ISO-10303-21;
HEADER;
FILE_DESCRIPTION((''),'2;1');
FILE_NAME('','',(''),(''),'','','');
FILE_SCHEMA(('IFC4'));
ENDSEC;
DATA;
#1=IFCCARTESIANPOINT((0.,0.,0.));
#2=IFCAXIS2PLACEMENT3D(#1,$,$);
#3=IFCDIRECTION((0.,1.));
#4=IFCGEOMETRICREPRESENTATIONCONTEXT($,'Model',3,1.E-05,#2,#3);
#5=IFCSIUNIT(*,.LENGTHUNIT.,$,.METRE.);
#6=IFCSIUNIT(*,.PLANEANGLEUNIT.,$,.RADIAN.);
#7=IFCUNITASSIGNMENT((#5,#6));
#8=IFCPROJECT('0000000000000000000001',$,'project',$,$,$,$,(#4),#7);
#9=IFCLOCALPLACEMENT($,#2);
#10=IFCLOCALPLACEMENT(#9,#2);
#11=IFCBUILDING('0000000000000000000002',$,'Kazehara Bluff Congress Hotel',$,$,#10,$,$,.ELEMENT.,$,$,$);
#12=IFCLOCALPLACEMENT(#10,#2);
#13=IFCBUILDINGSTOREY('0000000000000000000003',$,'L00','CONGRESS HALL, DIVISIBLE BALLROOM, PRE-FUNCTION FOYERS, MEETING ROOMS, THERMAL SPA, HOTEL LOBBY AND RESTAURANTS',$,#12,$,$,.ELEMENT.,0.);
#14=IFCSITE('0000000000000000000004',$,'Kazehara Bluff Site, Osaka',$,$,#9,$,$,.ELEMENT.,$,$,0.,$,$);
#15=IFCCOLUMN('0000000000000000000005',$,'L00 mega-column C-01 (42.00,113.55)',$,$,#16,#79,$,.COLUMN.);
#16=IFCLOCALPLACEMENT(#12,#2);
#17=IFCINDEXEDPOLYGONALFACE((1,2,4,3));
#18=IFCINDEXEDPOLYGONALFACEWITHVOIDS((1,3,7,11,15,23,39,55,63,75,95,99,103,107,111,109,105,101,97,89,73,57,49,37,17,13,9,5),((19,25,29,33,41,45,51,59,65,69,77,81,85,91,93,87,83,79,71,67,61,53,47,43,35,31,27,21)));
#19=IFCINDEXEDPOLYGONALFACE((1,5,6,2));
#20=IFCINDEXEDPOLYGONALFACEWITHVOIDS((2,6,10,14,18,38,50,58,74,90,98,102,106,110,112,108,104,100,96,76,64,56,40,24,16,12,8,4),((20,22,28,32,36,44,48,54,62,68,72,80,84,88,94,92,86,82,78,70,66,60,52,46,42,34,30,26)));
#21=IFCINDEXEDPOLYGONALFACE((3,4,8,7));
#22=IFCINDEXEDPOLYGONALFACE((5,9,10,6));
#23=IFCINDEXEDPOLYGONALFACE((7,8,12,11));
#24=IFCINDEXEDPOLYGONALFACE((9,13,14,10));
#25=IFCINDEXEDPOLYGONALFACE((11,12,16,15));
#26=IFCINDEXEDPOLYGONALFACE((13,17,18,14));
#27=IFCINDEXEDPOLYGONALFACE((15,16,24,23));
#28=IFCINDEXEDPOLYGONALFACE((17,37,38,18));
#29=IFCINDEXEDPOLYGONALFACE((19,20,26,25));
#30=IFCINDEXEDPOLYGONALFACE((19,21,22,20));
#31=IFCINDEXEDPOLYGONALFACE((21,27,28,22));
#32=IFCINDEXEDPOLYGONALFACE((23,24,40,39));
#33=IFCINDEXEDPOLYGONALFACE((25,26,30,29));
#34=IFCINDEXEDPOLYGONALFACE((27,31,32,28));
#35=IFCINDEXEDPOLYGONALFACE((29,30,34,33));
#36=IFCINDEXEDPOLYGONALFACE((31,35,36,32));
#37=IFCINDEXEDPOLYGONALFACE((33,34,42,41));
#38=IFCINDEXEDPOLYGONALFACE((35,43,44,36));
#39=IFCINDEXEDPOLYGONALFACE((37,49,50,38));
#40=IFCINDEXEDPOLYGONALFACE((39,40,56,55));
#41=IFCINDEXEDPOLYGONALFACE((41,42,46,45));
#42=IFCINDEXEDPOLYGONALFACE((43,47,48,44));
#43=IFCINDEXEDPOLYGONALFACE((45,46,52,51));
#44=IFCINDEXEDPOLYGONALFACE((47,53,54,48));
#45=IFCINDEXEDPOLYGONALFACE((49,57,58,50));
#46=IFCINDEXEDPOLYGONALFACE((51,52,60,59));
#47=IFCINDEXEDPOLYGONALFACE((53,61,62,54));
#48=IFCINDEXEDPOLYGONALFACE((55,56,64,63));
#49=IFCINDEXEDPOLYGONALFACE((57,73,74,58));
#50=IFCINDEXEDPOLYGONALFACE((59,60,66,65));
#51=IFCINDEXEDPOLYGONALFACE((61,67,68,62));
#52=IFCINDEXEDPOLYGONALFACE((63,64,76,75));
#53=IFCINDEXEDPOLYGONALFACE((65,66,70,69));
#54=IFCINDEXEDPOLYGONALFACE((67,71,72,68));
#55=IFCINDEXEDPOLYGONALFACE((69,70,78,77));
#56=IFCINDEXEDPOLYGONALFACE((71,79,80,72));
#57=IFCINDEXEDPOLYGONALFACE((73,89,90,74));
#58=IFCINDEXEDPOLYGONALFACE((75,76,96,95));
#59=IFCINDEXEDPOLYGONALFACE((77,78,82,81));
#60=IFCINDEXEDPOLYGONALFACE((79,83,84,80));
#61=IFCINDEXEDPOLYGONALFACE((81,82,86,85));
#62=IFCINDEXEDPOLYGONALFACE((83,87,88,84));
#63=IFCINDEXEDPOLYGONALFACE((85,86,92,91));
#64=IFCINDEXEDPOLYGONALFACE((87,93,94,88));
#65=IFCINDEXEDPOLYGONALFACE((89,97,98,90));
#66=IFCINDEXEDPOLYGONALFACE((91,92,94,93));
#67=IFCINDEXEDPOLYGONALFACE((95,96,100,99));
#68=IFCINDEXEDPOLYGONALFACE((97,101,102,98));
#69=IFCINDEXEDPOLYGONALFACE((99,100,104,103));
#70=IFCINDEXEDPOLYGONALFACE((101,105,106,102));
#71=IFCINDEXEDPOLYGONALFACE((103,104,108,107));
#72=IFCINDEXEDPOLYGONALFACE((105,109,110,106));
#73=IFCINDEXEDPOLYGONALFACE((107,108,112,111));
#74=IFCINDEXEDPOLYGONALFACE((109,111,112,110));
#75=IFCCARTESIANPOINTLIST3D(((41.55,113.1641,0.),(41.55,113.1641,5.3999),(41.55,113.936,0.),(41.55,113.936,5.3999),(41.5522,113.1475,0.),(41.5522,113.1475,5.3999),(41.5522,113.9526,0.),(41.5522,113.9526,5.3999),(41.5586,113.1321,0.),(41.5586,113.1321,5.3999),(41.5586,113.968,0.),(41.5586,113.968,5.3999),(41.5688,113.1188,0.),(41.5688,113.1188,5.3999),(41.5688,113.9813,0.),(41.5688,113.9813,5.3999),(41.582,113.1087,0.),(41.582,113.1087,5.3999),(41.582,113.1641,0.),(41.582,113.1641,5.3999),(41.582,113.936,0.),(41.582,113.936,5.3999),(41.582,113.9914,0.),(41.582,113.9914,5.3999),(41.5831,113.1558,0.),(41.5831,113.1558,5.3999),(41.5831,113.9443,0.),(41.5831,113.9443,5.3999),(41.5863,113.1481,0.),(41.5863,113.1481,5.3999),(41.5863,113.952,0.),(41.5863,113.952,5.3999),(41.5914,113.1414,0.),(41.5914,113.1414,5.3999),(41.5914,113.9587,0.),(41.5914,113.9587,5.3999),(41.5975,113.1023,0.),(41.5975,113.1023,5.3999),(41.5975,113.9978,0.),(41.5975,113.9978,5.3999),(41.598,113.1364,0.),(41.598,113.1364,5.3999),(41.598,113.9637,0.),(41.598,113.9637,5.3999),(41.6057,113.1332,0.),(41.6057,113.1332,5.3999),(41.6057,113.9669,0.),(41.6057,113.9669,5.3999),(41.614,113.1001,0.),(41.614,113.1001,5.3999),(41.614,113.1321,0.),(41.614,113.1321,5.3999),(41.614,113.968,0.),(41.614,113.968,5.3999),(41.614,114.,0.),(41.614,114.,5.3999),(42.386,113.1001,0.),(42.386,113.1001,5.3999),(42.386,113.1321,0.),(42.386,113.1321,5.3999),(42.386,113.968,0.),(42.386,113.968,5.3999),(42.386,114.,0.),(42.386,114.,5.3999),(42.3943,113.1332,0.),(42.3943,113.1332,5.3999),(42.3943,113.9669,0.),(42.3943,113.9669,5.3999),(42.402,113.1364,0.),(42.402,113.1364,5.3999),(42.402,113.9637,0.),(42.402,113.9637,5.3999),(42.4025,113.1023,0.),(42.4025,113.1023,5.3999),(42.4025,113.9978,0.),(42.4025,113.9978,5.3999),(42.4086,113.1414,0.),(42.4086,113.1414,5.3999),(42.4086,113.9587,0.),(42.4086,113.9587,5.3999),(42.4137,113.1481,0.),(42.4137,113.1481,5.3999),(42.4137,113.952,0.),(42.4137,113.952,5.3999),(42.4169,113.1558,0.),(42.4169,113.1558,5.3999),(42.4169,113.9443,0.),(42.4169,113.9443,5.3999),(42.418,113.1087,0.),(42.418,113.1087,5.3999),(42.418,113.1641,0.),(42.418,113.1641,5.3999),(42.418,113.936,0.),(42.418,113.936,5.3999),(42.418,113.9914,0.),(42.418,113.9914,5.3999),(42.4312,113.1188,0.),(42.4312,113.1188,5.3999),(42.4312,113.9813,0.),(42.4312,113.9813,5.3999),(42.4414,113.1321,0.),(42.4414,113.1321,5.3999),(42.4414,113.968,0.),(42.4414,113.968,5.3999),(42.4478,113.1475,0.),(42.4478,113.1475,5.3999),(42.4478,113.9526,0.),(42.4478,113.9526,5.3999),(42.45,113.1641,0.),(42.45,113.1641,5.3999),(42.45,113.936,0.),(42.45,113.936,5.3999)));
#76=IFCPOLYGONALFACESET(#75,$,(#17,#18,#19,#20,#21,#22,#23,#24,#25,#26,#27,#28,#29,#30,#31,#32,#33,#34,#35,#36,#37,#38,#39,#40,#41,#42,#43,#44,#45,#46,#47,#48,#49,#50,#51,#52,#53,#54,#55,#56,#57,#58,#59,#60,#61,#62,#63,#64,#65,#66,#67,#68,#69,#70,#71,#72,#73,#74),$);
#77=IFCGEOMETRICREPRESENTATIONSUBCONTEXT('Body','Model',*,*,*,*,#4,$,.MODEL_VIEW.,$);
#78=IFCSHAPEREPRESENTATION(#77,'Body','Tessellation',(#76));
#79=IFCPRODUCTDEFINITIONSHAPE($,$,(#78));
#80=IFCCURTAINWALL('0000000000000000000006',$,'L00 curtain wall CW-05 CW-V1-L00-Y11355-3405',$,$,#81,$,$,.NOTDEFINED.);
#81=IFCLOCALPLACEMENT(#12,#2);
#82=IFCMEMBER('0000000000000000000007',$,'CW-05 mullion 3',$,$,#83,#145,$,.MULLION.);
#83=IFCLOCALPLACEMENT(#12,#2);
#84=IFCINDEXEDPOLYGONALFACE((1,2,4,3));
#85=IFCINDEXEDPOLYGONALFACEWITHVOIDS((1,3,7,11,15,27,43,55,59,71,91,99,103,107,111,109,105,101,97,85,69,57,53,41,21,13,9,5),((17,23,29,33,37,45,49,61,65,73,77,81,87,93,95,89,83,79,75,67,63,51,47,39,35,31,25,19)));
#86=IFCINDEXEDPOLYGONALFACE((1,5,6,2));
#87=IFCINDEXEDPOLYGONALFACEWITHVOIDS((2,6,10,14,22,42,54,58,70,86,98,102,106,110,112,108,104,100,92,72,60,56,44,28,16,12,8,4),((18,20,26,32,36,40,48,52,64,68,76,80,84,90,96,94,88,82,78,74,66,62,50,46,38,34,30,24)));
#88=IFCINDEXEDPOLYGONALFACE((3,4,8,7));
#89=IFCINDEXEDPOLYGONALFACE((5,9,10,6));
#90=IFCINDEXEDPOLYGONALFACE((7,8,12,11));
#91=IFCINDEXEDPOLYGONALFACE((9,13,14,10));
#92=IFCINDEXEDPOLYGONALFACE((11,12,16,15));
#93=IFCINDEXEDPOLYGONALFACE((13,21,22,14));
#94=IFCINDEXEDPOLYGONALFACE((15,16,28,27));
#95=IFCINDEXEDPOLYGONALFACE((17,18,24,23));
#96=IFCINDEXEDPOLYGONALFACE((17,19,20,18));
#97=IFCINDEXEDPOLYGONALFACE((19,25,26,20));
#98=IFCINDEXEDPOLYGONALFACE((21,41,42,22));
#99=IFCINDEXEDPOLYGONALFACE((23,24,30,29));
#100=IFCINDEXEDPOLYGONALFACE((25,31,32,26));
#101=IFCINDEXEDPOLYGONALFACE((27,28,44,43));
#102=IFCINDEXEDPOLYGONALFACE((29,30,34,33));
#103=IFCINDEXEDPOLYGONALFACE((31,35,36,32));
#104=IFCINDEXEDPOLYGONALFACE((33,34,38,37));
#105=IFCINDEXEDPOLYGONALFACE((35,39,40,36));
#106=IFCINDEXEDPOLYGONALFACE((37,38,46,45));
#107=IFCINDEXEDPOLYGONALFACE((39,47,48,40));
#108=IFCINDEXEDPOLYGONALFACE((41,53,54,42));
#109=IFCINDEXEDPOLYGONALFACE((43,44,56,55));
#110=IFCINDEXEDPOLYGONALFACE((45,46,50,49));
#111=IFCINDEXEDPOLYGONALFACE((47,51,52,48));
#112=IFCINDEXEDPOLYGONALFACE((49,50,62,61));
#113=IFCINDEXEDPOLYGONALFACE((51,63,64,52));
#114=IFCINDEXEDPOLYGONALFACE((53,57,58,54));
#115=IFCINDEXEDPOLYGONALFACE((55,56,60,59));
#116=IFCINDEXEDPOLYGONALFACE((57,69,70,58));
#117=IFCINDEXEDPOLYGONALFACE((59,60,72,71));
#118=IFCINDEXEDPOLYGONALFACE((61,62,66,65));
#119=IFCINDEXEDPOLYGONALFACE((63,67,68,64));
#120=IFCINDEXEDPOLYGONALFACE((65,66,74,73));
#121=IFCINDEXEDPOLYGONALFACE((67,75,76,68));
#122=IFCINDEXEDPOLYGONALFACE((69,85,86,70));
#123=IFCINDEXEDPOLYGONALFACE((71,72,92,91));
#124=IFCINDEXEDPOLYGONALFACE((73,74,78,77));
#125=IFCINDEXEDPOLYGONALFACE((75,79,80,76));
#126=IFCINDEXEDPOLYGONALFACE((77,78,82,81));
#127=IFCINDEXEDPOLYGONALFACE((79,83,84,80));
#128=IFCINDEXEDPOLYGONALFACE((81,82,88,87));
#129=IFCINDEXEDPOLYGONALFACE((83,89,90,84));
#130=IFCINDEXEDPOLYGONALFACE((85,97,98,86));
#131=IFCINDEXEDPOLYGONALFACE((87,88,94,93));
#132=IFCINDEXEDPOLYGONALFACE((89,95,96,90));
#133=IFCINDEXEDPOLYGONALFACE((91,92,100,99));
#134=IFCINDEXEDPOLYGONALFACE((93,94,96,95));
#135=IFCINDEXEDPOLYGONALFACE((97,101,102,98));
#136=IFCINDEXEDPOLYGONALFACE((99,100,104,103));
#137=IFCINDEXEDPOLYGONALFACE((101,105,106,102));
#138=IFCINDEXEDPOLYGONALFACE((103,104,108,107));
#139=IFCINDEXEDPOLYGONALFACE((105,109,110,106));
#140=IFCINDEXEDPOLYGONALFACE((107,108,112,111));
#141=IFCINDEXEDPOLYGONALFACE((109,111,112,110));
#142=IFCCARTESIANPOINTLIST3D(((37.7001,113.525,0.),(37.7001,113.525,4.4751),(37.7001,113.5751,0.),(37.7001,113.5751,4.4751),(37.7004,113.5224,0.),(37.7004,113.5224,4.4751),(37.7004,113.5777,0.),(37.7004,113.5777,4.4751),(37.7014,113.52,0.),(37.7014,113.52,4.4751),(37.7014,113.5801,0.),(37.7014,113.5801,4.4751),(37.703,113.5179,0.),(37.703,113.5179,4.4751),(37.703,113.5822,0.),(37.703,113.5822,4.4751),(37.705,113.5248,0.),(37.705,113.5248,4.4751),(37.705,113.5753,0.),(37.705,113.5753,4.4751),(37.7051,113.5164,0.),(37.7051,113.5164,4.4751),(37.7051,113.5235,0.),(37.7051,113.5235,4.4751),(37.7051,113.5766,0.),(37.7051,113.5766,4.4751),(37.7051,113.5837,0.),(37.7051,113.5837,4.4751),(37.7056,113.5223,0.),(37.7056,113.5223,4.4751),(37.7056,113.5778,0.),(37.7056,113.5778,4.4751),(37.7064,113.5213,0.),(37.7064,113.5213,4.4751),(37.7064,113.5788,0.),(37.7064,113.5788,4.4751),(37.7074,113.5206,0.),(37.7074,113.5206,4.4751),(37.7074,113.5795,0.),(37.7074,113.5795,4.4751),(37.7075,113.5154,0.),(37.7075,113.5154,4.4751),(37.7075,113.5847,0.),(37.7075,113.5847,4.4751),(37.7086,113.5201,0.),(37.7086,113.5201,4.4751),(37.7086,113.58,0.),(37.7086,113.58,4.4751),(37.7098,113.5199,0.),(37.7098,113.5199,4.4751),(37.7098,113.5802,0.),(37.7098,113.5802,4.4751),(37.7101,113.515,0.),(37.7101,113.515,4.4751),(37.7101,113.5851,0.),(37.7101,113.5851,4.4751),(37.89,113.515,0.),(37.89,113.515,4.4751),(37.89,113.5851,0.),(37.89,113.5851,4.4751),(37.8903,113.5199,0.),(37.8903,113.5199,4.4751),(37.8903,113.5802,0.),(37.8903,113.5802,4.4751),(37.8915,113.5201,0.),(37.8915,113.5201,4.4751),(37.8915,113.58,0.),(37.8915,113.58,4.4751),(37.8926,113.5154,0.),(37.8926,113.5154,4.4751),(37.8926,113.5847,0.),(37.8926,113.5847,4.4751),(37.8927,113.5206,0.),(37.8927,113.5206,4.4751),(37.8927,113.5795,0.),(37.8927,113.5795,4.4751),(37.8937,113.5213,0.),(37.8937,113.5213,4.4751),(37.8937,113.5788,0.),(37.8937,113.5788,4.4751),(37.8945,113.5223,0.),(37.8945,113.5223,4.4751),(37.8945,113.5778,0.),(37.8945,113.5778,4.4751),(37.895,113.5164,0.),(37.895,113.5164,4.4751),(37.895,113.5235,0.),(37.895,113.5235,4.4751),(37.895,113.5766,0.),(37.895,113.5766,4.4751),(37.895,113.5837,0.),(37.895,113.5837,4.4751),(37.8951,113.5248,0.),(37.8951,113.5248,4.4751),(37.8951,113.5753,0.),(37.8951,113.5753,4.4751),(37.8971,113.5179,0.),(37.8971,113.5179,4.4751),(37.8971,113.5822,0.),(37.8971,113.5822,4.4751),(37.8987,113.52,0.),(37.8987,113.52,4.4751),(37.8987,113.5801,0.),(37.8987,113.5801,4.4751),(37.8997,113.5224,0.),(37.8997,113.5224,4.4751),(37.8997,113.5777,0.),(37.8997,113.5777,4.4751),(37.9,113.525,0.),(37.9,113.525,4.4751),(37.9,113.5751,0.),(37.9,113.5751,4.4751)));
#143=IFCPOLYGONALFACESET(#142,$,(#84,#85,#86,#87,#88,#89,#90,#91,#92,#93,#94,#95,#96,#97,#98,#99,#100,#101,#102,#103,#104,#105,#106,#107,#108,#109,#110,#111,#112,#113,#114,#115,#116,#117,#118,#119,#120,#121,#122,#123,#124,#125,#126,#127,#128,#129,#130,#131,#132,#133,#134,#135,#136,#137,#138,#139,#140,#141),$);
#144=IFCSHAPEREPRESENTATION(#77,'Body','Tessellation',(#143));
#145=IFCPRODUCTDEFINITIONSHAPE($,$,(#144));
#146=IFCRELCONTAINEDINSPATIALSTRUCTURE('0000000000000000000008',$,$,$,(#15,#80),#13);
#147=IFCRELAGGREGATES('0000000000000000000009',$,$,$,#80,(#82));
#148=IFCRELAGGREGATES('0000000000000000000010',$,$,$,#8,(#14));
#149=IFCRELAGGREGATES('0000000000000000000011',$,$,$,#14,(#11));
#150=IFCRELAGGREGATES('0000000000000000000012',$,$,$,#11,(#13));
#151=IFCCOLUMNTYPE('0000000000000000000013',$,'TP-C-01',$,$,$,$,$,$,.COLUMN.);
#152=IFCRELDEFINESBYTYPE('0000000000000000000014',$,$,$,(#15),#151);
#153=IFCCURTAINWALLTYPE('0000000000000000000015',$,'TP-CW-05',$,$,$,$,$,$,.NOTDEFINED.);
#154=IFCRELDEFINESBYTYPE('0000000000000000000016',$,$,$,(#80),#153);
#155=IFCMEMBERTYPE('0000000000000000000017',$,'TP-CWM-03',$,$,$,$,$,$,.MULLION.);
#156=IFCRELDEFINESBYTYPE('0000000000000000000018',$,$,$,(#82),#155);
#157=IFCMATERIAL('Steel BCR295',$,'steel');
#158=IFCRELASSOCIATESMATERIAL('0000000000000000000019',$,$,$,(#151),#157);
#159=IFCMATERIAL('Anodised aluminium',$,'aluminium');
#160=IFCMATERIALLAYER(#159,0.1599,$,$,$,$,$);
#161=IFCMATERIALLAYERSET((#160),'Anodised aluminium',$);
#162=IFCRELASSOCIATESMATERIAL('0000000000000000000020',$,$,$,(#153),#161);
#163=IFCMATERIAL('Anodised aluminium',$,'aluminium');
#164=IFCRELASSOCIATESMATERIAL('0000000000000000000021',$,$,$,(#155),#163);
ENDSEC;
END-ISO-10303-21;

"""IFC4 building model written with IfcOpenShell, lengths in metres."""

from ifc_helpers import new_model, si_unit, direction, frame, origin, origin_2d, place, context, subcontext, project, spatial, hollow_rectangle, extrude, material, layer, layer_set, material_profile, profile_set, type_object, element, aggregate, save


model = new_model("IFC4")

# Units and contexts
model_context = context("Model", 3, precision=1e-05, world=origin(), true_north=direction((0.0, 1.0)))
body_context = subcontext(model_context, "Body", "Model", "MODEL_VIEW")
ifc_project = project(units=[si_unit("LENGTHUNIT", "METRE"), si_unit("PLANEANGLEUNIT", "RADIAN")], contexts=[model_context])

# Site, building, storey
site_placement = place(None, origin())
site = spatial("IfcSite", under=ifc_project, at=site_placement, Name="Kazehara Bluff Site, Osaka", CompositionType="ELEMENT", RefElevation=0.0)
building_placement = place(site_placement, origin())
building = spatial("IfcBuilding", under=site, at=building_placement, Name="Kazehara Bluff Congress Hotel", CompositionType="ELEMENT")
storey_placement = place(building_placement, origin())
storey = spatial("IfcBuildingStorey", under=building, at=storey_placement, Name="L00", Description="CONGRESS HALL, DIVISIBLE BALLROOM, PRE-FUNCTION FOYERS, MEETING ROOMS, THERMAL SPA, HOTEL LOBBY AND RESTAURANTS", CompositionType="ELEMENT", Elevation=0.0)

# Column
ifc_material_1 = material(Name="Steel BCR295", Category="steel")
ifc_material_profile_1 = material_profile(ifc_material_1, hollow_rectangle(XDim=0.8999, YDim=0.8999, WallThickness=0.032, InnerFilletRadius=0.032, OuterFilletRadius=0.064, at=origin_2d()))
ifc_profile_set_1 = profile_set([ifc_material_profile_1], Name="Steel BCR295")
column_type = type_object("IfcColumnType", Name="TP-C-01", PredefinedType="COLUMN", material=ifc_profile_set_1)
column_placement = place(storey_placement, frame((42.0, 113.55, 0.0), z_axis=(0.0, 0.0, 1.0), x_axis=(1.0, 0.0, 0.0)))
element("IfcColumn", 1, at=column_placement, inside=storey, type_object=column_type, Name="L00 mega-column C-01 (42.00,113.55)", PredefinedType="COLUMN", context=body_context, shape_type="SweptSolid", body=[
    extrude(hollow_rectangle(XDim=0.8999, YDim=0.8999, WallThickness=0.032, InnerFilletRadius=0.032, OuterFilletRadius=0.064, at=origin_2d()), origin(), (0.0, 0.0, 1.0), 5.3999),
])

# Curtain wall, member
ifc_material_2 = material(Name="Anodised aluminium", Category="aluminium")
ifc_layer_1 = layer(ifc_material_2, 0.1599)
ifc_layer_set_1 = layer_set([ifc_layer_1], Name="Anodised aluminium")
curtain_wall_type_1 = type_object("IfcCurtainWallType", Name="TP-CW-05", PredefinedType="NOTDEFINED", material=ifc_layer_set_1)
curtain_wall_1_placement = place(storey_placement, origin())
curtain_wall_1 = element("IfcCurtainWall", 2, at=curtain_wall_1_placement, inside=storey, type_object=curtain_wall_type_1, Name="L00 curtain wall CW-05 CW-V1-L00-Y11355-3405", PredefinedType="NOTDEFINED")
ifc_material_3 = material(Name="Anodised aluminium", Category="aluminium")
ifc_material_profile_2 = material_profile(ifc_material_3, hollow_rectangle(XDim=0.0701, YDim=0.2, WallThickness=0.0049, InnerFilletRadius=0.0049, OuterFilletRadius=0.01, at=origin_2d()))
ifc_profile_set_2 = profile_set([ifc_material_profile_2], Name="Anodised aluminium")
member_type_1 = type_object("IfcMemberType", Name="TP-CWM-03", PredefinedType="MULLION", material=ifc_profile_set_2)
member_1_placement = place(storey_placement, frame((37.8, 113.55, 0.0), z_axis=(0.0, 0.0, 1.0), x_axis=(0.0, 1.0, 0.0)))
member_1 = element("IfcMember", 3, at=member_1_placement, type_object=member_type_1, Name="CW-05 mullion 3", PredefinedType="MULLION", context=body_context, shape_type="SweptSolid", body=[
    extrude(hollow_rectangle(XDim=0.0701, YDim=0.2, WallThickness=0.0049, InnerFilletRadius=0.0049, OuterFilletRadius=0.01, at=origin_2d()), origin(), (0.0, 0.0, 1.0), 4.4751),
])

aggregate(curtain_wall_1, [member_1])

save(model, "model.ifc")
